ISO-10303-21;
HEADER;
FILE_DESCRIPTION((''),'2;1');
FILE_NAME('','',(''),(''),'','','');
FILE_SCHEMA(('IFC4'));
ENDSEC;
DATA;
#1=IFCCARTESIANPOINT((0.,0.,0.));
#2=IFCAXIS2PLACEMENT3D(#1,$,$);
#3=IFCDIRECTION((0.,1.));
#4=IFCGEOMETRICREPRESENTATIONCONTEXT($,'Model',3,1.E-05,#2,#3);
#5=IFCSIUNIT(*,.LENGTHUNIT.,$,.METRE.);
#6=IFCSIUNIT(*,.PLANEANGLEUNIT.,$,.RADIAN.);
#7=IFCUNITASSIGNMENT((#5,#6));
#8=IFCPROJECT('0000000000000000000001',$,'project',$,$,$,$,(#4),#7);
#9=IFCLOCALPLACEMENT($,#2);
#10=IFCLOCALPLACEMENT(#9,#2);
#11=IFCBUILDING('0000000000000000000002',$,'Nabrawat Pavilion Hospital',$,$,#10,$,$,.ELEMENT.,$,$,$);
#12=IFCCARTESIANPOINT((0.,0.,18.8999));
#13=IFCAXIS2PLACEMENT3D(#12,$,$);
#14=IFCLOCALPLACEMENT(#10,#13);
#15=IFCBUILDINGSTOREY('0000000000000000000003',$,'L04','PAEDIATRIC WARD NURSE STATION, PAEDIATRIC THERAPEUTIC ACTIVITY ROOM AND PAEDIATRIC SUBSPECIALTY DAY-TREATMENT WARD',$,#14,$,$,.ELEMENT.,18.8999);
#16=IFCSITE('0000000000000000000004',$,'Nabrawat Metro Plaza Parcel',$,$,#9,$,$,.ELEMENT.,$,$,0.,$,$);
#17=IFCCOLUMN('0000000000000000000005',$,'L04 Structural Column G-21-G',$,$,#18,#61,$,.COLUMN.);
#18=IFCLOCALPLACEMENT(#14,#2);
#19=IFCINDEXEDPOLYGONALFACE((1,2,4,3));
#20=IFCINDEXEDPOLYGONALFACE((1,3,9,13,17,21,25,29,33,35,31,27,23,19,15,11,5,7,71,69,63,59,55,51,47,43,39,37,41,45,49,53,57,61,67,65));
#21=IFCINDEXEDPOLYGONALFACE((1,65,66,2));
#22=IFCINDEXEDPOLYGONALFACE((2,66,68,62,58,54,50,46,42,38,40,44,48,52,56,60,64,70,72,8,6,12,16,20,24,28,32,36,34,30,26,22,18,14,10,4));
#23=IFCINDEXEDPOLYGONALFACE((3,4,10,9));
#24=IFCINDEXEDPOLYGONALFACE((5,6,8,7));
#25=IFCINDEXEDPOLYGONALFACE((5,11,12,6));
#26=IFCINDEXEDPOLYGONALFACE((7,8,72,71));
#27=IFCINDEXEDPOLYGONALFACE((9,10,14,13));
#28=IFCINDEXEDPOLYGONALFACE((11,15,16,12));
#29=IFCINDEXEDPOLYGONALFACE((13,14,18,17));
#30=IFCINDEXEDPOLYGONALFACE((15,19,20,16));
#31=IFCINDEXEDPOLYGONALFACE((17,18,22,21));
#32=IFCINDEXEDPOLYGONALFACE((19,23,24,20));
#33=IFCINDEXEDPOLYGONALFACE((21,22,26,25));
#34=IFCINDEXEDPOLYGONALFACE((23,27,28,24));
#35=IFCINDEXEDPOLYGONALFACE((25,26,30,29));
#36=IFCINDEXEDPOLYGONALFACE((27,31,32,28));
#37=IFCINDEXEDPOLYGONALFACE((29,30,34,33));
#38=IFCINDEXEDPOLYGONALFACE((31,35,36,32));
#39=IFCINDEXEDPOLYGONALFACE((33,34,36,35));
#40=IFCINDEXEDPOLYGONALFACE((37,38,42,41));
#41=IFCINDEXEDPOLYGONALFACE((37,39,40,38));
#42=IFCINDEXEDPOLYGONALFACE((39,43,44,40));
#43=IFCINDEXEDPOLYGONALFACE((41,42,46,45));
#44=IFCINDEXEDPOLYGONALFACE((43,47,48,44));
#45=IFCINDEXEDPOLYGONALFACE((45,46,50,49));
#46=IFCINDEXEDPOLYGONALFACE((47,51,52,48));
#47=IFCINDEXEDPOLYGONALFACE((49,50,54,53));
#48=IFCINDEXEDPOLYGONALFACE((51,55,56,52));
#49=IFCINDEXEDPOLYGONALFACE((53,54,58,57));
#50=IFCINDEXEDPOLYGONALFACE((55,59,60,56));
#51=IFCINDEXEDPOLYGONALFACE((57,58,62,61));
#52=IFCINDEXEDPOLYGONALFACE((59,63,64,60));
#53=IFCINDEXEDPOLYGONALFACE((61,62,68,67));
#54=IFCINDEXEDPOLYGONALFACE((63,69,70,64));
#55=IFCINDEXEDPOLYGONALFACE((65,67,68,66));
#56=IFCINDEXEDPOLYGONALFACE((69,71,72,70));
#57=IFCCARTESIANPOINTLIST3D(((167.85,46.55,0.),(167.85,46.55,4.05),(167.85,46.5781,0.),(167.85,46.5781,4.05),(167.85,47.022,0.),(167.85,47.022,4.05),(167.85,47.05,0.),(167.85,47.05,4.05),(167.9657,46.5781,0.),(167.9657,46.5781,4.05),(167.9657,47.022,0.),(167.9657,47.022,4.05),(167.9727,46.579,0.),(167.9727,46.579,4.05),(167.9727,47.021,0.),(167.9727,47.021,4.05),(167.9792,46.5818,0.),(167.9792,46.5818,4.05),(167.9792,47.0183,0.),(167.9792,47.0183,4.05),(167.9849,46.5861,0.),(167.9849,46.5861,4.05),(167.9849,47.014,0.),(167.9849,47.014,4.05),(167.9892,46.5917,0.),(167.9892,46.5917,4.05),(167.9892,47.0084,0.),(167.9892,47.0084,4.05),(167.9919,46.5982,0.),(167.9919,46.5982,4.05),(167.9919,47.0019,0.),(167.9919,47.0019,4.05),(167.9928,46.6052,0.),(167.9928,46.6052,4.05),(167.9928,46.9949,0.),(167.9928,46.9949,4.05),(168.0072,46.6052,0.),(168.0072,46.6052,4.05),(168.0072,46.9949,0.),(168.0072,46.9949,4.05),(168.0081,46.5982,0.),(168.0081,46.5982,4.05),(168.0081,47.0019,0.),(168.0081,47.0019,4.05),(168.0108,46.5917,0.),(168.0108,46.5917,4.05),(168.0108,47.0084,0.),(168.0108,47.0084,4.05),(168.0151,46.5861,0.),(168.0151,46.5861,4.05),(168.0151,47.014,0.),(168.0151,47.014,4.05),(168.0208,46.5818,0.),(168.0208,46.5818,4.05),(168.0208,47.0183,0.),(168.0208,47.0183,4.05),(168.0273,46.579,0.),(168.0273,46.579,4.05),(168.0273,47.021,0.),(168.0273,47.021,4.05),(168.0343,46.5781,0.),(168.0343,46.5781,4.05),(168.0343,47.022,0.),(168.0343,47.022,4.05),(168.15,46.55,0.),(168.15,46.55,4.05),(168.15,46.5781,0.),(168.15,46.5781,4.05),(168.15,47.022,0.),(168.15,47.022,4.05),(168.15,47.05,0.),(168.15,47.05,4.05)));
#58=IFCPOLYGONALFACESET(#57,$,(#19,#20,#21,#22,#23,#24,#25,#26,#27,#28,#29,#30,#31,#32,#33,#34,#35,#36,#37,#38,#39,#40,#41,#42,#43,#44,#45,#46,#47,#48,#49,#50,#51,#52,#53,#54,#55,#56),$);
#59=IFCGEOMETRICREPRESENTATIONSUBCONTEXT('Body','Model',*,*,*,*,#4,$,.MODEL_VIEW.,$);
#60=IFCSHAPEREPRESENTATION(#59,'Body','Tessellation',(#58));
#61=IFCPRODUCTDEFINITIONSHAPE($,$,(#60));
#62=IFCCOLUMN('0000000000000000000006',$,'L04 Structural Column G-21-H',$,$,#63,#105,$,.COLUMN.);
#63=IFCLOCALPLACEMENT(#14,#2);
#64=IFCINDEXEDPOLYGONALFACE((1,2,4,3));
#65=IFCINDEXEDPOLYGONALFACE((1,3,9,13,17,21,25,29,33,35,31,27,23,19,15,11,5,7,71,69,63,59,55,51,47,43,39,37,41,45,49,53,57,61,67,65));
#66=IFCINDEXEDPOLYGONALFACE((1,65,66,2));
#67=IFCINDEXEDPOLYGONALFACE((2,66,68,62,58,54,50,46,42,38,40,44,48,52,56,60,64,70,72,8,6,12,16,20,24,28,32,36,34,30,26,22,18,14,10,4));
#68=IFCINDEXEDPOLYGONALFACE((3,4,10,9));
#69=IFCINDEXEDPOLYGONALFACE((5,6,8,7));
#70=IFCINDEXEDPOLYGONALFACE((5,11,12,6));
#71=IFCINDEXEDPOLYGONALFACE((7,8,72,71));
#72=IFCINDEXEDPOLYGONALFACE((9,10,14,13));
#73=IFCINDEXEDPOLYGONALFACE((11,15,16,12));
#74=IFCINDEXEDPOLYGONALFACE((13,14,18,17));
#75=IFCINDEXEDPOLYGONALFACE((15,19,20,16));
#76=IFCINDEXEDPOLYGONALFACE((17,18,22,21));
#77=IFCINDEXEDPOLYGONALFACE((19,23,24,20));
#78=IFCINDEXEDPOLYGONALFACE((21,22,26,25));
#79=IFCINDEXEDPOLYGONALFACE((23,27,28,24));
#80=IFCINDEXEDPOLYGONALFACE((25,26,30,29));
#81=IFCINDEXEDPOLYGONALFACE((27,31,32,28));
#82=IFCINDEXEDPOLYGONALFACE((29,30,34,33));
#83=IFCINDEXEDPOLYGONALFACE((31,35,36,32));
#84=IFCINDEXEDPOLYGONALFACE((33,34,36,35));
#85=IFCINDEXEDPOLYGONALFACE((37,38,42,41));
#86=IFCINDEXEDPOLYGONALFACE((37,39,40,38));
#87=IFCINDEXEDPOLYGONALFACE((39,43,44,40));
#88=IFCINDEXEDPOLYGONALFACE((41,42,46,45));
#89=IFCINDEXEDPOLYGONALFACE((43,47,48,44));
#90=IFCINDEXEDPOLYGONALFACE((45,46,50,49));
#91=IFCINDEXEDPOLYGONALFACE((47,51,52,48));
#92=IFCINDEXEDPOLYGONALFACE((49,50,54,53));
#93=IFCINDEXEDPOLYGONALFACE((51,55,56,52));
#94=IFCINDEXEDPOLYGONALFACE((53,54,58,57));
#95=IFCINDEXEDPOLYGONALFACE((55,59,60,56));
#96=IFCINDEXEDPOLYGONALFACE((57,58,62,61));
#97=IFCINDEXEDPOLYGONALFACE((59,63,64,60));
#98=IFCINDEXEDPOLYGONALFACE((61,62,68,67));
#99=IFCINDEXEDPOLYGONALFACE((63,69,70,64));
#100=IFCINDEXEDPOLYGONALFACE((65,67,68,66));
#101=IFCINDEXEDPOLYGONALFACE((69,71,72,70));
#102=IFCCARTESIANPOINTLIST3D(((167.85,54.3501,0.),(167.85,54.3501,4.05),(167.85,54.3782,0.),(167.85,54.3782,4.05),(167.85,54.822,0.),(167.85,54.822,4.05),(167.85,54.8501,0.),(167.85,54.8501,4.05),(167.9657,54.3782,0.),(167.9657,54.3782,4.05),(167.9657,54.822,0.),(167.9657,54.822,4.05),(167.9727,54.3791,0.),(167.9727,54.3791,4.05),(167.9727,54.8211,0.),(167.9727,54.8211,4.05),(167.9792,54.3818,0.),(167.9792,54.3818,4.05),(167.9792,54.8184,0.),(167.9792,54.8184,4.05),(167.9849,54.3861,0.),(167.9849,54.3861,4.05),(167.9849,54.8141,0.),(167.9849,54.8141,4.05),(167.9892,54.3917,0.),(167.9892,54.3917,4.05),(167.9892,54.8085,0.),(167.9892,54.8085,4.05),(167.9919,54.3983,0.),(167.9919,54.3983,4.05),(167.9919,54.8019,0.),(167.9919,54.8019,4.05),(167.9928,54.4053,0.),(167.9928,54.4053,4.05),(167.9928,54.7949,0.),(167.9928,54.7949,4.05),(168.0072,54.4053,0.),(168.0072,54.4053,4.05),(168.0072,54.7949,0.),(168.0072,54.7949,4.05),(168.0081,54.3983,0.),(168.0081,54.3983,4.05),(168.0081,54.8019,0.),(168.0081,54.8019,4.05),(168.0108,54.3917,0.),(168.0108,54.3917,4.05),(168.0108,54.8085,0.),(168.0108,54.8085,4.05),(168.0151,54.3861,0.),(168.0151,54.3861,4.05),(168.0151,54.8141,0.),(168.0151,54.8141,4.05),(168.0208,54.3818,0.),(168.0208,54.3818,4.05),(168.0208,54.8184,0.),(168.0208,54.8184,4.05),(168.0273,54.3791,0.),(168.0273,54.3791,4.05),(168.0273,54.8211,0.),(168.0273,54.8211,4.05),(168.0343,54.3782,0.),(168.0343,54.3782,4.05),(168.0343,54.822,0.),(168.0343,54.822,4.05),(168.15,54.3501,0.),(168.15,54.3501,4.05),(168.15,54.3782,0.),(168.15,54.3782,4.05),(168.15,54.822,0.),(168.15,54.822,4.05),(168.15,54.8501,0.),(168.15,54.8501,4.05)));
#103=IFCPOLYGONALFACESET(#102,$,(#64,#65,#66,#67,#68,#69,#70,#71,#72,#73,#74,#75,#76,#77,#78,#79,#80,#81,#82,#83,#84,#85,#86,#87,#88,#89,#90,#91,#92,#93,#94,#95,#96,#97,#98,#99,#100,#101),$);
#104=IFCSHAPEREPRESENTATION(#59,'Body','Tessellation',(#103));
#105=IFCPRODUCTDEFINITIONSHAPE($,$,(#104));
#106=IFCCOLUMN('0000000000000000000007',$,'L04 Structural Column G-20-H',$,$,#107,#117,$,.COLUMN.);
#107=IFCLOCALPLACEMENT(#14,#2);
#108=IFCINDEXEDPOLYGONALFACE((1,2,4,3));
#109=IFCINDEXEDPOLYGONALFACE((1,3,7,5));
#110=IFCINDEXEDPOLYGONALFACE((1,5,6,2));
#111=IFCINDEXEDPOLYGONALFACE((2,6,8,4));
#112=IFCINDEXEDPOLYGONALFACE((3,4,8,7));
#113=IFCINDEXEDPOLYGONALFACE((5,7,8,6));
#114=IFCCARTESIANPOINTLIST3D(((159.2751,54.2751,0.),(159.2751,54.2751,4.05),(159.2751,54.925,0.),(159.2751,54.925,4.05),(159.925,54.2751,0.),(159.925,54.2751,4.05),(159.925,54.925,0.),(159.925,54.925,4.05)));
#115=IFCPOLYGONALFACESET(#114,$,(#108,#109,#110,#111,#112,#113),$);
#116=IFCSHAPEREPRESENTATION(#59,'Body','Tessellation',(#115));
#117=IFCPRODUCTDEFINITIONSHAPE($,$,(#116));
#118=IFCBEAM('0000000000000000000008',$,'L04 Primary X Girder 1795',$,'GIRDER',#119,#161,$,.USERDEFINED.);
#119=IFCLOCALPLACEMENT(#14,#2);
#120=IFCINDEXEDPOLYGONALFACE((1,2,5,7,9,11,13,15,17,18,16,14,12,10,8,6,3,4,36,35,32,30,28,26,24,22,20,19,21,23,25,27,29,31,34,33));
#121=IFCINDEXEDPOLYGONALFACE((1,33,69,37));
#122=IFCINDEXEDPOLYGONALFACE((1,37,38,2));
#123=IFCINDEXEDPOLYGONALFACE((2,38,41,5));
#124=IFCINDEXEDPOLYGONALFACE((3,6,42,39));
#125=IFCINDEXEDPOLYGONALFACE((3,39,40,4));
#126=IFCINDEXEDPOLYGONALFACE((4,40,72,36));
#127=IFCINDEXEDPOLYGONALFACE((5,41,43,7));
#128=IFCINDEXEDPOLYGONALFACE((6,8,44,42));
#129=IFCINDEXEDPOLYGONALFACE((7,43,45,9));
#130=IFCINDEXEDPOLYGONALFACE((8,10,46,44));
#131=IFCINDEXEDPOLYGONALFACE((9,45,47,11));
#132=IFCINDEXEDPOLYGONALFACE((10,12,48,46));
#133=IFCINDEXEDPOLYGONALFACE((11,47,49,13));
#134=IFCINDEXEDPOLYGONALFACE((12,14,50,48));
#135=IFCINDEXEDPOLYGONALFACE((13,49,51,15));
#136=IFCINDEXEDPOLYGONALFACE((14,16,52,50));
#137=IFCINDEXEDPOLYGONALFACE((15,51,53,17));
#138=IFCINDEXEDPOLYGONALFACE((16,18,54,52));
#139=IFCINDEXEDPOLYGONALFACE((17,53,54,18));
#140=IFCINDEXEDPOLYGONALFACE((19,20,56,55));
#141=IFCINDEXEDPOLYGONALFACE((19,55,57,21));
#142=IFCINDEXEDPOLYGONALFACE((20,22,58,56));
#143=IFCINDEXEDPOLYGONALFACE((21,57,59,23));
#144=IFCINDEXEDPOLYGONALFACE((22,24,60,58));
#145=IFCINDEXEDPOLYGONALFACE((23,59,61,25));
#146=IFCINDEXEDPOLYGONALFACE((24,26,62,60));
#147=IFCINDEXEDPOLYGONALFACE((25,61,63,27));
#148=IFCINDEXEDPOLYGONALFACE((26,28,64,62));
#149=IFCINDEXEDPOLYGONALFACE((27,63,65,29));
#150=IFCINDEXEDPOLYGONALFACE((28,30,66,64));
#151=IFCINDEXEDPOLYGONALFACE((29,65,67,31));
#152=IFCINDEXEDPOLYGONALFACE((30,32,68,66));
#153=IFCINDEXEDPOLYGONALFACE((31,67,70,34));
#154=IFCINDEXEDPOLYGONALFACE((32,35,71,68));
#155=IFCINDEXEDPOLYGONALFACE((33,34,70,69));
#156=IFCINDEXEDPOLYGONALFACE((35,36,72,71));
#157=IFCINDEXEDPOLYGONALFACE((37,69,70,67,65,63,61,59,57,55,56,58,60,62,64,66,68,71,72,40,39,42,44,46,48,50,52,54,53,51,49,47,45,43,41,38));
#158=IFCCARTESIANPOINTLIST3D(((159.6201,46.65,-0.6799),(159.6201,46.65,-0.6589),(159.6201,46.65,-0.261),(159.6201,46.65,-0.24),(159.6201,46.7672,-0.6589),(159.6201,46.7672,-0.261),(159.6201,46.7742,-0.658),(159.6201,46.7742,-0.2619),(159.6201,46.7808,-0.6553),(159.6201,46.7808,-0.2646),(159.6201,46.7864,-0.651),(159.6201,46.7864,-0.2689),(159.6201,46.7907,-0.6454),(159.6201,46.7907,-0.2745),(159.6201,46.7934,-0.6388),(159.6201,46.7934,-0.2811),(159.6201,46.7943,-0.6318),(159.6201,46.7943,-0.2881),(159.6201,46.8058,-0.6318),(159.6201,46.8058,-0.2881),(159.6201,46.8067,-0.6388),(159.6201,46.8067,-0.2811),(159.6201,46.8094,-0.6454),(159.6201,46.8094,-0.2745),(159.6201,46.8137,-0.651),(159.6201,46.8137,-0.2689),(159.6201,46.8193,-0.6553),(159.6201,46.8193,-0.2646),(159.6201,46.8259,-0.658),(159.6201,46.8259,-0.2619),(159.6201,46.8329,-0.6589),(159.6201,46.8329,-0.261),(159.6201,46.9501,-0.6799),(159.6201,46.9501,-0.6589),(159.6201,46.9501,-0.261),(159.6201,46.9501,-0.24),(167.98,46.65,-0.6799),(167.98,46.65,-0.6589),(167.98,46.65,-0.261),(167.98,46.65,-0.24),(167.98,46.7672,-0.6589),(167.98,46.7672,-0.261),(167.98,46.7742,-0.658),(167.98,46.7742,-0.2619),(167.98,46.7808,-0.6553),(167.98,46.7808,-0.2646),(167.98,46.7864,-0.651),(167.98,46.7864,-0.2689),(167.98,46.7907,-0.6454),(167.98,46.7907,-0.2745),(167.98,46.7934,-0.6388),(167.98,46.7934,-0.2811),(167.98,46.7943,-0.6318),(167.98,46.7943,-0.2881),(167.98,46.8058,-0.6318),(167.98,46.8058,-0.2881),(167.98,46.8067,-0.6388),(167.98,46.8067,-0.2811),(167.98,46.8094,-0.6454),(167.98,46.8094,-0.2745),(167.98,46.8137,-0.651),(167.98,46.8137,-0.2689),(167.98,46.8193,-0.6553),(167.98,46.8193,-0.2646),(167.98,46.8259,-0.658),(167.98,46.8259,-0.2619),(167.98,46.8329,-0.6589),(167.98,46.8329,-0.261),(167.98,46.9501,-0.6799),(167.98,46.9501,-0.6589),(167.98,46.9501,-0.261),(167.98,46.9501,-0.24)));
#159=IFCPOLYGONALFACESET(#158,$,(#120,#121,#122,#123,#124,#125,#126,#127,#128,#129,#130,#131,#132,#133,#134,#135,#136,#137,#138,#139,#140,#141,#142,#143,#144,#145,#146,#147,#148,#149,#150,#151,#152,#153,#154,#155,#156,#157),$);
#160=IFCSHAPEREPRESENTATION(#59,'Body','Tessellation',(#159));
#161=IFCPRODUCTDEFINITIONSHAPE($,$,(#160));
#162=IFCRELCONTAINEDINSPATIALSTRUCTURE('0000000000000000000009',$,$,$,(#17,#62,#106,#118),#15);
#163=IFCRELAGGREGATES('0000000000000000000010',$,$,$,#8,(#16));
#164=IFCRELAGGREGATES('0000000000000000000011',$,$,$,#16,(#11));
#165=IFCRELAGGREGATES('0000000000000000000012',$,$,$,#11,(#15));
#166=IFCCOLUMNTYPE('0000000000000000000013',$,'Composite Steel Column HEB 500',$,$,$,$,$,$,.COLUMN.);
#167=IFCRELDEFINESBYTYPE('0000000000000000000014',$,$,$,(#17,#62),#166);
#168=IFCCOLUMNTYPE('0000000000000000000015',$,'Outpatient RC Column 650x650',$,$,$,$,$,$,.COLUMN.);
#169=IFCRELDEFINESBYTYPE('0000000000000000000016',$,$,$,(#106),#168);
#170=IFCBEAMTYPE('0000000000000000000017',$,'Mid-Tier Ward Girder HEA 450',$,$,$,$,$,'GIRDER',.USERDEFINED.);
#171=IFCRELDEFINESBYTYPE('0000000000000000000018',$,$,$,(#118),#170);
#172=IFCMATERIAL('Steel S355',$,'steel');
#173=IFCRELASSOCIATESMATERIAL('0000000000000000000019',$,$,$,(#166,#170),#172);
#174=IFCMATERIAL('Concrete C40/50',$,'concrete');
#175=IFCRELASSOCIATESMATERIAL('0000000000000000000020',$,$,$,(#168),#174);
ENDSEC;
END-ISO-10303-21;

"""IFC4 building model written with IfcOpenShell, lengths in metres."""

from ifc_helpers import new_model, si_unit, direction, frame, origin, origin_2d, place, context, subcontext, project, spatial, rectangle, i_section, extrude, material, material_profile, profile_set, type_object, element, save


model = new_model("IFC4")

# Units and contexts
model_context = context("Model", 3, precision=1e-05, world=origin(), true_north=direction((0.0, 1.0)))
body_context = subcontext(model_context, "Body", "Model", "MODEL_VIEW")
ifc_project = project(units=[si_unit("LENGTHUNIT", "METRE"), si_unit("PLANEANGLEUNIT", "RADIAN")], contexts=[model_context])

# Site, building, storey
site_placement = place(None, origin())
site = spatial("IfcSite", under=ifc_project, at=site_placement, Name="Nabrawat Metro Plaza Parcel", CompositionType="ELEMENT", RefElevation=0.0)
building_placement = place(site_placement, origin())
building = spatial("IfcBuilding", under=site, at=building_placement, Name="Nabrawat Pavilion Hospital", CompositionType="ELEMENT")
storey_placement = place(building_placement, frame((0.0, 0.0, 18.8999)))
storey = spatial("IfcBuildingStorey", under=building, at=storey_placement, Name="L04", Description="PAEDIATRIC WARD NURSE STATION, PAEDIATRIC THERAPEUTIC ACTIVITY ROOM AND PAEDIATRIC SUBSPECIALTY DAY-TREATMENT WARD", CompositionType="ELEMENT", Elevation=18.8999)

# Columns
ifc_material_1 = material(Name="Steel S355", Category="steel")
ifc_material_profile_1 = material_profile(ifc_material_1, i_section(OverallWidth=0.3, OverallDepth=0.5, WebThickness=0.0144, FlangeThickness=0.0281, FilletRadius=0.0271, at=origin_2d()), Name="HEB 500")
ifc_profile_set_1 = profile_set([ifc_material_profile_1], Name="Steel S355")
column_type_1 = type_object("IfcColumnType", Name="Composite Steel Column HEB 500", PredefinedType="COLUMN", material=ifc_profile_set_1)
for number, where, z_axis, x_axis, name in (
    (1, (168.0, 46.8, 0.0), (0.0, 0.0, 1.0), (1.0, 0.0, 0.0), "L04 Structural Column G-21-G"),
    (2, (168.0, 54.6001, 0.0), (0.0, 0.0, 1.0), (1.0, 0.0, 0.0), "L04 Structural Column G-21-H"),
):
    element("IfcColumn", number, at=place(storey_placement, frame(where, z_axis=z_axis, x_axis=x_axis)), inside=storey, type_object=column_type_1, Name=name, PredefinedType="COLUMN", context=body_context, shape_type="SweptSolid", body=[
        extrude(i_section(OverallWidth=0.3, OverallDepth=0.5, WebThickness=0.0144, FlangeThickness=0.0281, FilletRadius=0.0271, at=origin_2d()), origin(), (0.0, 0.0, 1.0), 4.05),
    ])
ifc_material_2 = material(Name="Concrete C40/50", Category="concrete")
ifc_material_profile_2 = material_profile(ifc_material_2, rectangle(XDim=0.6499, YDim=0.6499, at=origin_2d()), Name="RC 650x650")
ifc_profile_set_2 = profile_set([ifc_material_profile_2], Name="Concrete C40/50")
column_type_2 = type_object("IfcColumnType", Name="Outpatient RC Column 650x650", PredefinedType="COLUMN", material=ifc_profile_set_2)
column_placement = place(storey_placement, frame((159.6001, 54.6001, 0.0), z_axis=(0.0, 0.0, 1.0), x_axis=(1.0, 0.0, 0.0)))
element("IfcColumn", 3, at=column_placement, inside=storey, type_object=column_type_2, Name="L04 Structural Column G-20-H", PredefinedType="COLUMN", context=body_context, shape_type="SweptSolid", body=[
    extrude(rectangle(XDim=0.6499, YDim=0.6499, at=origin_2d()), origin(), (0.0, 0.0, 1.0), 4.05),
])

# Beam
ifc_material_profile_3 = material_profile(ifc_material_1, i_section(OverallWidth=0.3, OverallDepth=0.4399, WebThickness=0.0115, FlangeThickness=0.021, FilletRadius=0.0271, at=origin_2d()), Name="HEA 450")
ifc_profile_set_3 = profile_set([ifc_material_profile_3], Name="Steel S355")
beam_type_1 = type_object("IfcBeamType", Name="Mid-Tier Ward Girder HEA 450", ElementType="GIRDER", PredefinedType="USERDEFINED", material=ifc_profile_set_3)
for number, where, z_axis, x_axis, name in (
    (4, (159.6201, 46.8, -0.46), (1.0, 0.0, 0.0), (0.0, 1.0, 0.0), "L04 Primary X Girder 1795"),
):
    element("IfcBeam", number, at=place(storey_placement, frame(where, z_axis=z_axis, x_axis=x_axis)), inside=storey, type_object=beam_type_1, Name=name, ObjectType="GIRDER", PredefinedType="USERDEFINED", context=body_context, shape_type="SweptSolid", body=[
        extrude(i_section(OverallWidth=0.3, OverallDepth=0.4399, WebThickness=0.0115, FlangeThickness=0.021, FilletRadius=0.0271, at=origin_2d()), origin(), (0.0, 0.0, 1.0), 8.3599),
    ])

save(model, "model.ifc")
